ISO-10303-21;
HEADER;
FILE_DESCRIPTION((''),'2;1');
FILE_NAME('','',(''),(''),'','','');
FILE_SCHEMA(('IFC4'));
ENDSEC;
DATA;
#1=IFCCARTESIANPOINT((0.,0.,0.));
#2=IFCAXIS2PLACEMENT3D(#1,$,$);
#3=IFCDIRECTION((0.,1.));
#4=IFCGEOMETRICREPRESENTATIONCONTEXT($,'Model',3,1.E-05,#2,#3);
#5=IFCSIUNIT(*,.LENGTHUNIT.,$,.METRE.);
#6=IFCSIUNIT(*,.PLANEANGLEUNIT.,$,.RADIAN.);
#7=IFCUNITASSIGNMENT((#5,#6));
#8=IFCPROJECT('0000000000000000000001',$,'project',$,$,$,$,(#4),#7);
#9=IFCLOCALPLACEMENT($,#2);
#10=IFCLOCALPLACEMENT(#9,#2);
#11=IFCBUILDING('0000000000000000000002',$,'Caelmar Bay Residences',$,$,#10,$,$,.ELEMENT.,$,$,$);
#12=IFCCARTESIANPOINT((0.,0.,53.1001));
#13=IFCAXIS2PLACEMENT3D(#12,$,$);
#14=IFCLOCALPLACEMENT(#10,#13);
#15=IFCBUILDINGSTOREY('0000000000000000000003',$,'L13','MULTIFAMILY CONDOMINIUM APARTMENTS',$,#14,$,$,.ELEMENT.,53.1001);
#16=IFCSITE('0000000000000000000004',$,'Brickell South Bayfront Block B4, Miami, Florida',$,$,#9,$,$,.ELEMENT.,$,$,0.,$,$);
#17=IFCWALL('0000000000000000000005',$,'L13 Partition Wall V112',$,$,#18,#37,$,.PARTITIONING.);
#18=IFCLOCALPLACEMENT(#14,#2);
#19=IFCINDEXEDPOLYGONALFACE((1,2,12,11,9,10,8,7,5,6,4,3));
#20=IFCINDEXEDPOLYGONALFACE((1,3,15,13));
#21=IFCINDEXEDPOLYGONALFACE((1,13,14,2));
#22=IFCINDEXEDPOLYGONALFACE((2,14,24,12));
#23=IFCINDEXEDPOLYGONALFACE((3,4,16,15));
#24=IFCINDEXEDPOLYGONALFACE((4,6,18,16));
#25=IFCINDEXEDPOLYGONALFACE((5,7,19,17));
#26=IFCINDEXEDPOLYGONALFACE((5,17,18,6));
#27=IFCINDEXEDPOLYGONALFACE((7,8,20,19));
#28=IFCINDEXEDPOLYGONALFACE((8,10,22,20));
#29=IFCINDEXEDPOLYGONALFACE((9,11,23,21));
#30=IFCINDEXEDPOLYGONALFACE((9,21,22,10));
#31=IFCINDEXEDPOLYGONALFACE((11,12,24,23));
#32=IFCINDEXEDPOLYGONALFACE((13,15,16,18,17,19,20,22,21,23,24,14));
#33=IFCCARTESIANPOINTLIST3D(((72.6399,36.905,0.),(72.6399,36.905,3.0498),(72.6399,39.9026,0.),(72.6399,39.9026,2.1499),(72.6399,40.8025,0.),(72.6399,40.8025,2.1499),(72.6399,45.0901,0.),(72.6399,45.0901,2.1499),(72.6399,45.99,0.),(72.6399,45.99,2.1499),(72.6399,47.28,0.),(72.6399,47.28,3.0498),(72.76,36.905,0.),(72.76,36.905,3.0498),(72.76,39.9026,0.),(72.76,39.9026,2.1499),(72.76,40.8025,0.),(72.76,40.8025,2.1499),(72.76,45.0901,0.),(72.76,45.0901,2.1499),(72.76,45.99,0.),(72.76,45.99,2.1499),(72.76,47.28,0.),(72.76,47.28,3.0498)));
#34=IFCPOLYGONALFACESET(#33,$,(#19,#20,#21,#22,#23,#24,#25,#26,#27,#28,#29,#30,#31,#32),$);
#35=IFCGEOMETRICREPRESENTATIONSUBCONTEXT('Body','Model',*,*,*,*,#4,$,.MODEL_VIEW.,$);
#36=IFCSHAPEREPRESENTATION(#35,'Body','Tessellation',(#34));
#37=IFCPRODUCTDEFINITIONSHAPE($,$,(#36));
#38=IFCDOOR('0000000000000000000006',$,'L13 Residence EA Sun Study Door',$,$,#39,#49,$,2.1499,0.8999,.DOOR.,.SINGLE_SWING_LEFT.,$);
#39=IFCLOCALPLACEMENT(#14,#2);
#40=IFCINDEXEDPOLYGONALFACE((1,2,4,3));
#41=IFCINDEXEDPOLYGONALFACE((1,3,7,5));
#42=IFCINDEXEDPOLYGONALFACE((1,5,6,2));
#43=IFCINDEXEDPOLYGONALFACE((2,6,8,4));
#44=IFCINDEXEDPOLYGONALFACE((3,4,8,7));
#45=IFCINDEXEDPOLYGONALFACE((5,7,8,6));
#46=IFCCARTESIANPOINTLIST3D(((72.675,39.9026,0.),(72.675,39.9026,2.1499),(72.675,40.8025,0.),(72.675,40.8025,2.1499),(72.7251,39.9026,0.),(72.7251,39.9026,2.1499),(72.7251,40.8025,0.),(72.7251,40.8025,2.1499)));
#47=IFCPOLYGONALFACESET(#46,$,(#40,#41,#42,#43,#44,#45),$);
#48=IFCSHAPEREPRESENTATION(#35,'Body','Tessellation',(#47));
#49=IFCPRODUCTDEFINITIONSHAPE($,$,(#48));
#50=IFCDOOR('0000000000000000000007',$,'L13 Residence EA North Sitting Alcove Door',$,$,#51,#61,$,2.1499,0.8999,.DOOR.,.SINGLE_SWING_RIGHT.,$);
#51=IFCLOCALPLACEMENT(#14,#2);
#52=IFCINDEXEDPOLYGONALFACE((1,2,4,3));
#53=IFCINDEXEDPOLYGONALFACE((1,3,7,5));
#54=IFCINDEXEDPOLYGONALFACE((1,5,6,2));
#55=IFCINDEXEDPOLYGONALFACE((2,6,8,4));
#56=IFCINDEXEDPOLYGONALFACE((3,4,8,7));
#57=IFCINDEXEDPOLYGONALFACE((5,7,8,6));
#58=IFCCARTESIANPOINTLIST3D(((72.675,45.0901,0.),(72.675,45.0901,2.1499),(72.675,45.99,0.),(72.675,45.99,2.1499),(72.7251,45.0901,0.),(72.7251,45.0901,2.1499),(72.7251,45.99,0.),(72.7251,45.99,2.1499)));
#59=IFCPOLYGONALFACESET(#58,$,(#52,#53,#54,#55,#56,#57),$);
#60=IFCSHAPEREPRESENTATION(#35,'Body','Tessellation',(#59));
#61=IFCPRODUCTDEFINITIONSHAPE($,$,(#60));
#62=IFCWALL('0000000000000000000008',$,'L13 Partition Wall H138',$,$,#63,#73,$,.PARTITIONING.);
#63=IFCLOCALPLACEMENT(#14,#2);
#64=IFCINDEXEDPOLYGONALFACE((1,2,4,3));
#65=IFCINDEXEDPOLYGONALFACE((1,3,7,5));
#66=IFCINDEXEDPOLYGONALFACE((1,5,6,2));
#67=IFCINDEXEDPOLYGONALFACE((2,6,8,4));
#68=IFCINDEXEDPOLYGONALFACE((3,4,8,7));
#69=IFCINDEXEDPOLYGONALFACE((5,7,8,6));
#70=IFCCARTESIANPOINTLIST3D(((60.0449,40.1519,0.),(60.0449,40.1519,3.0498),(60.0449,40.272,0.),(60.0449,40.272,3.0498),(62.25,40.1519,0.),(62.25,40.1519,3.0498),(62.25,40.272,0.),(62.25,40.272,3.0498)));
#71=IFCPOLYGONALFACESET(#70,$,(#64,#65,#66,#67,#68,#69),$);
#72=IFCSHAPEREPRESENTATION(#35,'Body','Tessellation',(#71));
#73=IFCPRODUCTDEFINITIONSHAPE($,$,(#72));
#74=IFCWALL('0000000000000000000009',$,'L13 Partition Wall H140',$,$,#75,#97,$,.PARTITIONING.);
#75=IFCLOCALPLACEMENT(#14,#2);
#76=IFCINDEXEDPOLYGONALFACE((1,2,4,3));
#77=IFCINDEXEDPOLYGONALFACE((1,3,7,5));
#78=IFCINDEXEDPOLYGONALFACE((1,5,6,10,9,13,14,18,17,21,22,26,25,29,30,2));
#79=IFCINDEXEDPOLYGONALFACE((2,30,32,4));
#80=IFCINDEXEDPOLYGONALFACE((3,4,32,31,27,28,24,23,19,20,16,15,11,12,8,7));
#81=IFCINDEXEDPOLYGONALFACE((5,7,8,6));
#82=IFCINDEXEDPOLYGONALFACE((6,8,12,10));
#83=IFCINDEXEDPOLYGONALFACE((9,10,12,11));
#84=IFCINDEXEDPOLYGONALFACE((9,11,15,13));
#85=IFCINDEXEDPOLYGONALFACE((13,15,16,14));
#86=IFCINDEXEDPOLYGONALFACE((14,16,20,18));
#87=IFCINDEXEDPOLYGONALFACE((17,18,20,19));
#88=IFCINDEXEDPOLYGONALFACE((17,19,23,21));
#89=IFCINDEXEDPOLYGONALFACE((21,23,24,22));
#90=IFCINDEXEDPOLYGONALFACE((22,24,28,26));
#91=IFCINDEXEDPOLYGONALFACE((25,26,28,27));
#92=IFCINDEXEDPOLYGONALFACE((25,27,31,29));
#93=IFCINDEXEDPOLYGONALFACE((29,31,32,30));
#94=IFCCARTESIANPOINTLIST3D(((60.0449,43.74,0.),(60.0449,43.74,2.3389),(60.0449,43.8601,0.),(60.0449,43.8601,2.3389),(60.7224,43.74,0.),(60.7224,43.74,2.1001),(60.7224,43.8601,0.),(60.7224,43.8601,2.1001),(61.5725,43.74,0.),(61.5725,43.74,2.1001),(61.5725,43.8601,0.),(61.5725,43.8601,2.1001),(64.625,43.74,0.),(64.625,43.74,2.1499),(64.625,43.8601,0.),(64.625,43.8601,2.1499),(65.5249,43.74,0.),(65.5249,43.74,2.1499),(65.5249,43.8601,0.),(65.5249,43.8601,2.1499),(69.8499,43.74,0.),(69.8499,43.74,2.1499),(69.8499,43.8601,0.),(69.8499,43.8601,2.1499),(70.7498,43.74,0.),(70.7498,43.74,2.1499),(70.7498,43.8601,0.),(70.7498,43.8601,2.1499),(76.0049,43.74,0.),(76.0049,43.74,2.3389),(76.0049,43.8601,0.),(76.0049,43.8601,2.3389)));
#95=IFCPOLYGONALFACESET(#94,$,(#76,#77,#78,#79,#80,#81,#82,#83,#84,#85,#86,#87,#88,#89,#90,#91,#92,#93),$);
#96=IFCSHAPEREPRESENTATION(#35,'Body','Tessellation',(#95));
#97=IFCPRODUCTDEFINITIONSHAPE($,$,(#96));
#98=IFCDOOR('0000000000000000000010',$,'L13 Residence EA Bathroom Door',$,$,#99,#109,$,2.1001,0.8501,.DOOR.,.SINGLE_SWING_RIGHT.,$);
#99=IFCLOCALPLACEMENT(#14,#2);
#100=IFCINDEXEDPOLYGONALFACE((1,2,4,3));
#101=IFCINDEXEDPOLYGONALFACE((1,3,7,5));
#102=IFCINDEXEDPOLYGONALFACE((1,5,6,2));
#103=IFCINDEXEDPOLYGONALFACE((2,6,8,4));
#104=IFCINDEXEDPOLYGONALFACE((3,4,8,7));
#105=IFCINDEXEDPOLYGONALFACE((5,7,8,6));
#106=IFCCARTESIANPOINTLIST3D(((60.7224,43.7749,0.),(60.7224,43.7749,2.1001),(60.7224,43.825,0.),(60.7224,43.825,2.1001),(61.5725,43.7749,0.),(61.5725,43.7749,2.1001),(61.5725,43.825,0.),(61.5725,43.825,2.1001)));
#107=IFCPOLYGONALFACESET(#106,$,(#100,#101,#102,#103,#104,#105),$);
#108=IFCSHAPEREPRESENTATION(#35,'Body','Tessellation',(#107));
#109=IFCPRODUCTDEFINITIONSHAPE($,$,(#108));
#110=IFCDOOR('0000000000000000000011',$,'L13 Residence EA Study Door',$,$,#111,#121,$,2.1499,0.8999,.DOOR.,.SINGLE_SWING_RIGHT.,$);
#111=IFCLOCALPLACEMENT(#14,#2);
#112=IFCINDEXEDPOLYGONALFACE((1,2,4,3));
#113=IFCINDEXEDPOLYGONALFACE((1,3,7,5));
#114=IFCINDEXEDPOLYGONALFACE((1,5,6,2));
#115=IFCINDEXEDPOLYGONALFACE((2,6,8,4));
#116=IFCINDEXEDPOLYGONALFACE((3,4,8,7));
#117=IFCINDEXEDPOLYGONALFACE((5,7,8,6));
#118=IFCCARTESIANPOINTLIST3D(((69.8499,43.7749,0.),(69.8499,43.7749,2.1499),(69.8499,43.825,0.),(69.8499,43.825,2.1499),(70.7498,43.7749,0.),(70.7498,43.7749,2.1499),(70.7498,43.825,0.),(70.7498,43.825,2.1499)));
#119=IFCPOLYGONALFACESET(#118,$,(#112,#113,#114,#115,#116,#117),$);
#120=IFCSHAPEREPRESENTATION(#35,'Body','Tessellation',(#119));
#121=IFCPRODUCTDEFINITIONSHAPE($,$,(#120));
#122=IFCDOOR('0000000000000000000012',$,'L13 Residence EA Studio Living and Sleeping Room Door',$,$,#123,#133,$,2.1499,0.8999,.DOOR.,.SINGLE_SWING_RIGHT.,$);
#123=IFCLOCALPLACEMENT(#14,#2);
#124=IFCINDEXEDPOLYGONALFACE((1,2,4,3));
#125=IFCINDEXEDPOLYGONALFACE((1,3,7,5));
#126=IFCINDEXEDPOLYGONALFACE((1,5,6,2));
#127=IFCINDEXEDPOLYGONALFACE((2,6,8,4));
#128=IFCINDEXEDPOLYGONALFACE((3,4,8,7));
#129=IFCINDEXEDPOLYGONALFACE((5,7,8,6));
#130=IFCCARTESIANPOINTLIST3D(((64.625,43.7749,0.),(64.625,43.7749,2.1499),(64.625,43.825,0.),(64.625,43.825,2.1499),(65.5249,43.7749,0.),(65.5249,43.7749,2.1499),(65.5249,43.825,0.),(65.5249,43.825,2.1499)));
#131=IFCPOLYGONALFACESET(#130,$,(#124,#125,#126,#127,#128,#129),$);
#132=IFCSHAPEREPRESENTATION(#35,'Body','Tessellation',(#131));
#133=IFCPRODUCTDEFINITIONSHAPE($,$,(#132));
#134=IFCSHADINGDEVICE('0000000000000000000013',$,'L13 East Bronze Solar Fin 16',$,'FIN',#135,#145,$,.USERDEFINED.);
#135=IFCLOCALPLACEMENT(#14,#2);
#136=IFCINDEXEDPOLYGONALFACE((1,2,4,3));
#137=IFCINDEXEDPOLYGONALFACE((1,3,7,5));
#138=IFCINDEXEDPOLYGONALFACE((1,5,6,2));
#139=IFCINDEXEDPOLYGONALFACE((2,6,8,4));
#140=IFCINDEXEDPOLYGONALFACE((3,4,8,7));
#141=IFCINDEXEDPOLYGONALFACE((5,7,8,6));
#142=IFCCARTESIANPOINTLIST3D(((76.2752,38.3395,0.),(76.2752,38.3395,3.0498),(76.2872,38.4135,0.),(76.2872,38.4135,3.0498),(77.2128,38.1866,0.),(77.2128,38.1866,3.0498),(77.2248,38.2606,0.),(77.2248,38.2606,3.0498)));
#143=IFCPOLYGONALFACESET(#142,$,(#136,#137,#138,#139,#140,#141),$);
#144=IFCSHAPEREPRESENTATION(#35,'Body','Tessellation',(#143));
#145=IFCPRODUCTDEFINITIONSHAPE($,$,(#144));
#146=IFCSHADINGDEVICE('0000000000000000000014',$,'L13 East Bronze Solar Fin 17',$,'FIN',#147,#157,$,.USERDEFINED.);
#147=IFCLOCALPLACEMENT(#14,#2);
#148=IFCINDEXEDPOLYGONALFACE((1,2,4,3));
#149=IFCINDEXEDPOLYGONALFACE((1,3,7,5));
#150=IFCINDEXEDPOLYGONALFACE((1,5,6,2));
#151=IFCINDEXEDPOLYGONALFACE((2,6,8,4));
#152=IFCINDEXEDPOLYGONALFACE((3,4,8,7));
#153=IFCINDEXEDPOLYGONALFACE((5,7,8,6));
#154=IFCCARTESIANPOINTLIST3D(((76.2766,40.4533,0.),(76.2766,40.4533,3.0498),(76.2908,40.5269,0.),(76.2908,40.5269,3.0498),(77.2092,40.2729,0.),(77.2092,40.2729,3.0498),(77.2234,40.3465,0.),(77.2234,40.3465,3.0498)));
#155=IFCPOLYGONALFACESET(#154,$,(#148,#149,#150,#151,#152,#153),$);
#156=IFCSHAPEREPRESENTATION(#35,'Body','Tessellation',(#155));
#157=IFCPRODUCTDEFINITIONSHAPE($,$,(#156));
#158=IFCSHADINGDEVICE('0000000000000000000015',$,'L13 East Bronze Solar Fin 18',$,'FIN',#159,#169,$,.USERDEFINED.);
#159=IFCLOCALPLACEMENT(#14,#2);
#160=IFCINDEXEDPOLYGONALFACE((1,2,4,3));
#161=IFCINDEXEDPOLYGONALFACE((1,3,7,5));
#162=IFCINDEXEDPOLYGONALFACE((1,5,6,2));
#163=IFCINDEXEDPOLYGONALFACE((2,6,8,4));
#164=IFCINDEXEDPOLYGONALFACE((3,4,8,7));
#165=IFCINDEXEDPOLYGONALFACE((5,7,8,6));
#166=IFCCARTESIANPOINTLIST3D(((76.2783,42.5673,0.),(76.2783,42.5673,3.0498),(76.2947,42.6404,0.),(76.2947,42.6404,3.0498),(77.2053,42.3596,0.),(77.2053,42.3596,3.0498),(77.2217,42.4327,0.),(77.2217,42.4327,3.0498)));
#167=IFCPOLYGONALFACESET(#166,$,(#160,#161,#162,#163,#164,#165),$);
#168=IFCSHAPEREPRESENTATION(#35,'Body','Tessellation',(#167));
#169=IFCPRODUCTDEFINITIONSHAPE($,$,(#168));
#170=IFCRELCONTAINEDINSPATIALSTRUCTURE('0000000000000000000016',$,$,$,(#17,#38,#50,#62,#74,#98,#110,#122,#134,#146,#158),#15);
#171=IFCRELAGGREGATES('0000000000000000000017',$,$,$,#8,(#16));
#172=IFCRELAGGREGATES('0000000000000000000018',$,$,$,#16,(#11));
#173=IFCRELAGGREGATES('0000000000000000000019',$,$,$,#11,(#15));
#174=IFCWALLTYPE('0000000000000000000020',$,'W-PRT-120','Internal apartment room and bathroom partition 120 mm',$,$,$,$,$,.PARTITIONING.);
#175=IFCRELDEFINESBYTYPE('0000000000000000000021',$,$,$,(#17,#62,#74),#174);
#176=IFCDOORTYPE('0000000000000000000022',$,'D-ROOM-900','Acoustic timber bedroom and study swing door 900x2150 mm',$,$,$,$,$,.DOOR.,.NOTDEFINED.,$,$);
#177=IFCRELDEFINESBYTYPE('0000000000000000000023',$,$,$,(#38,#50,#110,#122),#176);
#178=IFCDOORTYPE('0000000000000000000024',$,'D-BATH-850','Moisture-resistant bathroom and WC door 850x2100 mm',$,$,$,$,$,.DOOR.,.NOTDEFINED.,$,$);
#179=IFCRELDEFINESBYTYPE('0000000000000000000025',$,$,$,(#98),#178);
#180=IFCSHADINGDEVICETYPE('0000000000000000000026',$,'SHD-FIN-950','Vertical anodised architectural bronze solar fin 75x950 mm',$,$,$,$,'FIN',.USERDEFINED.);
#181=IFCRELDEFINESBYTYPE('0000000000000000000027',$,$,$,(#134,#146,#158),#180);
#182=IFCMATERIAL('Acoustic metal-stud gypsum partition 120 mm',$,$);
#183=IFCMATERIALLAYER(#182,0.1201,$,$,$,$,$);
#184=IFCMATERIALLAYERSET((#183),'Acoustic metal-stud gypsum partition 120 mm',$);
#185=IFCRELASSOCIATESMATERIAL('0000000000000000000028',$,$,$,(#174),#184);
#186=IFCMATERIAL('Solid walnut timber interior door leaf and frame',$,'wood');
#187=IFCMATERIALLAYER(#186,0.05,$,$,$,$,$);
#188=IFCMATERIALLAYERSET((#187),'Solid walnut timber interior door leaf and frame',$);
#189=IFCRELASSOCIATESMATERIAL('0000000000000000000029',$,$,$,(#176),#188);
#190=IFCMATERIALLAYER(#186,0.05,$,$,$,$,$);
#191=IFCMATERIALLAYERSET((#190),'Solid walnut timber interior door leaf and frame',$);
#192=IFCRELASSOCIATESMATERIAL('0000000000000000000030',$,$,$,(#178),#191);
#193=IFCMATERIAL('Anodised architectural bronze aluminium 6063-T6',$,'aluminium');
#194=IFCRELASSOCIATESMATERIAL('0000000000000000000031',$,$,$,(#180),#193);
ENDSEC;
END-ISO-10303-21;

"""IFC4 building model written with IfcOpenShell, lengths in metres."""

from ifc_helpers import new_model, si_unit, direction, frame, frame_2d, origin, origin_2d, place, context, subcontext, project, spatial, rectangle, extrude, material, layer, layer_set, material_profile, profile_set, type_object, element, fill, save


model = new_model("IFC4")

# Units and contexts
model_context = context("Model", 3, precision=1e-05, world=origin(), true_north=direction((0.0, 1.0)))
body_context = subcontext(model_context, "Body", "Model", "MODEL_VIEW")
ifc_project = project(units=[si_unit("LENGTHUNIT", "METRE"), si_unit("PLANEANGLEUNIT", "RADIAN")], contexts=[model_context])

# Site, building, storey
site_placement = place(None, origin())
site = spatial("IfcSite", under=ifc_project, at=site_placement, Name="Brickell South Bayfront Block B4, Miami, Florida", CompositionType="ELEMENT", RefElevation=0.0)
building_placement = place(site_placement, origin())
building = spatial("IfcBuilding", under=site, at=building_placement, Name="Caelmar Bay Residences", CompositionType="ELEMENT")
storey_placement = place(building_placement, frame((0.0, 0.0, 53.1001)))
storey = spatial("IfcBuildingStorey", under=building, at=storey_placement, Name="L13", Description="MULTIFAMILY CONDOMINIUM APARTMENTS", CompositionType="ELEMENT", Elevation=53.1001)

# Wall, openings, doors
ifc_material_1 = material(Name="Acoustic metal-stud gypsum partition 120 mm")
ifc_layer_1 = layer(ifc_material_1, 0.1201)
ifc_layer_set_1 = layer_set([ifc_layer_1], Name="Acoustic metal-stud gypsum partition 120 mm")
wall_type_1 = type_object("IfcWallType", Name="W-PRT-120", Description="Internal apartment room and bathroom partition 120 mm", PredefinedType="PARTITIONING", material=ifc_layer_set_1)
wall_1_placement = place(storey_placement, frame((72.7, 36.905, 0.0), z_axis=(0.0, 0.0, 1.0), x_axis=(0.0, 1.0, 0.0)))
wall_1 = element("IfcWall", 1, at=wall_1_placement, inside=storey, type_object=wall_type_1, Name="L13 Partition Wall V112", PredefinedType="PARTITIONING", context=body_context, shape_type="SweptSolid", body=[
    extrude(rectangle(XDim=10.375, YDim=0.1201, at=frame_2d((5.1875, 0.0))), origin(), (0.0, 0.0, 1.0), 3.0498),
])
opening_1_placement = place(wall_1_placement, frame((2.9976, 0.0, 0.0)))
opening_1 = element("IfcOpeningElement", 2, at=opening_1_placement, cuts=wall_1, PredefinedType="OPENING", context=body_context, shape_type="SweptSolid", body=[
    extrude(rectangle(XDim=0.8999, YDim=2.1499, at=frame_2d((0.45, 1.075))), frame((0.0, 0.0701, 0.0), z_axis=(0.0, -1.0, 0.0), x_axis=(1.0, 0.0, 0.0)), (0.0, 0.0, 1.0), 0.1401),
])
opening_2_placement = place(wall_1_placement, frame((8.1851, 0.0, 0.0)))
opening_2 = element("IfcOpeningElement", 3, at=opening_2_placement, cuts=wall_1, PredefinedType="OPENING", context=body_context, shape_type="SweptSolid", body=[
    extrude(rectangle(XDim=0.8999, YDim=2.1499, at=frame_2d((0.45, 1.075))), frame((0.0, 0.0701, 0.0), z_axis=(0.0, -1.0, 0.0), x_axis=(1.0, 0.0, 0.0)), (0.0, 0.0, 1.0), 0.1401),
])
ifc_material_2 = material(Name="Solid walnut timber interior door leaf and frame", Category="wood")
ifc_layer_2 = layer(ifc_material_2, 0.05)
ifc_layer_set_2 = layer_set([ifc_layer_2], Name="Solid walnut timber interior door leaf and frame")
door_type_1 = type_object("IfcDoorType", Name="D-ROOM-900", Description="Acoustic timber bedroom and study swing door 900x2150 mm", OperationType="NOTDEFINED", PredefinedType="DOOR", material=ifc_layer_set_2)
door_1_placement = place(opening_1_placement, origin())
door_1 = element("IfcDoor", 4, at=door_1_placement, inside=storey, type_object=door_type_1, Name="L13 Residence EA Sun Study Door", OperationType="SINGLE_SWING_LEFT", OverallHeight=2.1499, OverallWidth=0.8999, PredefinedType="DOOR", context=body_context, shape_type="SweptSolid", body=[
    extrude(rectangle(XDim=0.8999, YDim=2.1499, at=frame_2d((0.45, 1.075))), frame((0.0, 0.0249, 0.0), z_axis=(0.0, -1.0, 0.0), x_axis=(1.0, 0.0, 0.0)), (0.0, 0.0, 1.0), 0.05),
])
fill(opening_1, door_1)
door_2_placement = place(opening_2_placement, origin())
door_2 = element("IfcDoor", 5, at=door_2_placement, inside=storey, type_object=door_type_1, Name="L13 Residence EA North Sitting Alcove Door", OperationType="SINGLE_SWING_RIGHT", OverallHeight=2.1499, OverallWidth=0.8999, PredefinedType="DOOR", context=body_context, shape_type="SweptSolid", body=[
    extrude(rectangle(XDim=0.8999, YDim=2.1499, at=frame_2d((0.45, 1.075))), frame((0.0, 0.0249, 0.0), z_axis=(0.0, -1.0, 0.0), x_axis=(1.0, 0.0, 0.0)), (0.0, 0.0, 1.0), 0.05),
])
fill(opening_2, door_2)

# Wall
wall_2_placement = place(storey_placement, frame((60.0449, 40.2119, 0.0), z_axis=(0.0, 0.0, 1.0), x_axis=(1.0, 0.0, 0.0)))
element("IfcWall", 6, at=wall_2_placement, inside=storey, type_object=wall_type_1, Name="L13 Partition Wall H138", PredefinedType="PARTITIONING", context=body_context, shape_type="SweptSolid", body=[
    extrude(rectangle(XDim=2.2051, YDim=0.1201, at=frame_2d((1.1025, 0.0))), origin(), (0.0, 0.0, 1.0), 3.0498),
])

# Wall, openings, doors
wall_3_placement = place(storey_placement, frame((60.0449, 43.8, 0.0), z_axis=(0.0, 0.0, 1.0), x_axis=(1.0, 0.0, 0.0)))
wall_3 = element("IfcWall", 7, at=wall_3_placement, inside=storey, type_object=wall_type_1, Name="L13 Partition Wall H140", PredefinedType="PARTITIONING", context=body_context, shape_type="SweptSolid", body=[
    extrude(rectangle(XDim=15.96, YDim=0.1201, at=frame_2d((7.98, 0.0))), origin(), (0.0, 0.0, 1.0), 2.3389),
])
opening_3_placement = place(wall_3_placement, frame((9.8049, 0.0, 0.0)))
opening_3 = element("IfcOpeningElement", 8, at=opening_3_placement, cuts=wall_3, PredefinedType="OPENING", context=body_context, shape_type="SweptSolid", body=[
    extrude(rectangle(XDim=0.8999, YDim=2.1499, at=frame_2d((0.45, 1.075))), frame((0.0, 0.0701, 0.0), z_axis=(0.0, -1.0, 0.0), x_axis=(1.0, 0.0, 0.0)), (0.0, 0.0, 1.0), 0.1401),
])
opening_4_placement = place(wall_3_placement, frame((4.5801, 0.0, 0.0)))
opening_4 = element("IfcOpeningElement", 9, at=opening_4_placement, cuts=wall_3, PredefinedType="OPENING", context=body_context, shape_type="SweptSolid", body=[
    extrude(rectangle(XDim=0.8999, YDim=2.1499, at=frame_2d((0.45, 1.075))), frame((0.0, 0.0701, 0.0), z_axis=(0.0, -1.0, 0.0), x_axis=(1.0, 0.0, 0.0)), (0.0, 0.0, 1.0), 0.1401),
])
opening_5_placement = place(wall_3_placement, frame((0.6775, 0.0, 0.0)))
opening_5 = element("IfcOpeningElement", 10, at=opening_5_placement, cuts=wall_3, PredefinedType="OPENING", context=body_context, shape_type="SweptSolid", body=[
    extrude(rectangle(XDim=0.8501, YDim=2.1001, at=frame_2d((0.425, 1.05))), frame((0.0, 0.0701, 0.0), z_axis=(0.0, -1.0, 0.0), x_axis=(1.0, 0.0, 0.0)), (0.0, 0.0, 1.0), 0.1401),
])
ifc_layer_3 = layer(ifc_material_2, 0.05)
ifc_layer_set_3 = layer_set([ifc_layer_3], Name="Solid walnut timber interior door leaf and frame")
door_type_2 = type_object("IfcDoorType", Name="D-BATH-850", Description="Moisture-resistant bathroom and WC door 850x2100 mm", OperationType="NOTDEFINED", PredefinedType="DOOR", material=ifc_layer_set_3)
door_3_placement = place(opening_5_placement, origin())
door_3 = element("IfcDoor", 11, at=door_3_placement, inside=storey, type_object=door_type_2, Name="L13 Residence EA Bathroom Door", OperationType="SINGLE_SWING_RIGHT", OverallHeight=2.1001, OverallWidth=0.8501, PredefinedType="DOOR", context=body_context, shape_type="SweptSolid", body=[
    extrude(rectangle(XDim=0.8501, YDim=2.1001, at=frame_2d((0.425, 1.05))), frame((0.0, 0.0249, 0.0), z_axis=(0.0, -1.0, 0.0), x_axis=(1.0, 0.0, 0.0)), (0.0, 0.0, 1.0), 0.05),
])
fill(opening_5, door_3)
door_4_placement = place(opening_3_placement, origin())
door_4 = element("IfcDoor", 12, at=door_4_placement, inside=storey, type_object=door_type_1, Name="L13 Residence EA Study Door", OperationType="SINGLE_SWING_RIGHT", OverallHeight=2.1499, OverallWidth=0.8999, PredefinedType="DOOR", context=body_context, shape_type="SweptSolid", body=[
    extrude(rectangle(XDim=0.8999, YDim=2.1499, at=frame_2d((0.45, 1.075))), frame((0.0, 0.0249, 0.0), z_axis=(0.0, -1.0, 0.0), x_axis=(1.0, 0.0, 0.0)), (0.0, 0.0, 1.0), 0.05),
])
fill(opening_3, door_4)
door_5_placement = place(opening_4_placement, origin())
door_5 = element("IfcDoor", 13, at=door_5_placement, inside=storey, type_object=door_type_1, Name="L13 Residence EA Studio Living and Sleeping Room Door", OperationType="SINGLE_SWING_RIGHT", OverallHeight=2.1499, OverallWidth=0.8999, PredefinedType="DOOR", context=body_context, shape_type="SweptSolid", body=[
    extrude(rectangle(XDim=0.8999, YDim=2.1499, at=frame_2d((0.45, 1.075))), frame((0.0, 0.0249, 0.0), z_axis=(0.0, -1.0, 0.0), x_axis=(1.0, 0.0, 0.0)), (0.0, 0.0, 1.0), 0.05),
])
fill(opening_4, door_5)

# Shading devices
ifc_material_3 = material(Name="Anodised architectural bronze aluminium 6063-T6", Category="aluminium")
ifc_material_profile_1 = material_profile(ifc_material_3, rectangle(XDim=0.075, YDim=0.95, at=origin_2d()), Name="BRONZE-FIN-75X950")
ifc_profile_set_1 = profile_set([ifc_material_profile_1], Name="Anodised architectural bronze aluminium 6063-T6")
shading_device_type = type_object("IfcShadingDeviceType", Name="SHD-FIN-950", Description="Vertical anodised architectural bronze solar fin 75x950 mm", ElementType="FIN", PredefinedType="USERDEFINED", material=ifc_profile_set_1)
for number, where, z_axis, x_axis, name in (
    (14, (76.75, 38.3, 0.0), (0.0, 0.0, 1.0), (0.160915, 0.986968, 0.0), "L13 East Bronze Solar Fin 16"),
    (15, (76.75, 40.3999, 0.0), (0.0, 0.0, 1.0), (0.189952, 0.981793, 0.0), "L13 East Bronze Solar Fin 17"),
    (16, (76.75, 42.5, 0.0), (0.0, 0.0, 1.0), (0.218654, 0.975802, 0.0), "L13 East Bronze Solar Fin 18"),
):
    element("IfcShadingDevice", number, at=place(storey_placement, frame(where, z_axis=z_axis, x_axis=x_axis)), inside=storey, type_object=shading_device_type, Name=name, ObjectType="FIN", PredefinedType="USERDEFINED", context=body_context, shape_type="SweptSolid", body=[
        extrude(rectangle(XDim=0.075, YDim=0.95, at=origin_2d()), origin(), (0.0, 0.0, 1.0), 3.0498),
    ])

save(model, "model.ifc")
